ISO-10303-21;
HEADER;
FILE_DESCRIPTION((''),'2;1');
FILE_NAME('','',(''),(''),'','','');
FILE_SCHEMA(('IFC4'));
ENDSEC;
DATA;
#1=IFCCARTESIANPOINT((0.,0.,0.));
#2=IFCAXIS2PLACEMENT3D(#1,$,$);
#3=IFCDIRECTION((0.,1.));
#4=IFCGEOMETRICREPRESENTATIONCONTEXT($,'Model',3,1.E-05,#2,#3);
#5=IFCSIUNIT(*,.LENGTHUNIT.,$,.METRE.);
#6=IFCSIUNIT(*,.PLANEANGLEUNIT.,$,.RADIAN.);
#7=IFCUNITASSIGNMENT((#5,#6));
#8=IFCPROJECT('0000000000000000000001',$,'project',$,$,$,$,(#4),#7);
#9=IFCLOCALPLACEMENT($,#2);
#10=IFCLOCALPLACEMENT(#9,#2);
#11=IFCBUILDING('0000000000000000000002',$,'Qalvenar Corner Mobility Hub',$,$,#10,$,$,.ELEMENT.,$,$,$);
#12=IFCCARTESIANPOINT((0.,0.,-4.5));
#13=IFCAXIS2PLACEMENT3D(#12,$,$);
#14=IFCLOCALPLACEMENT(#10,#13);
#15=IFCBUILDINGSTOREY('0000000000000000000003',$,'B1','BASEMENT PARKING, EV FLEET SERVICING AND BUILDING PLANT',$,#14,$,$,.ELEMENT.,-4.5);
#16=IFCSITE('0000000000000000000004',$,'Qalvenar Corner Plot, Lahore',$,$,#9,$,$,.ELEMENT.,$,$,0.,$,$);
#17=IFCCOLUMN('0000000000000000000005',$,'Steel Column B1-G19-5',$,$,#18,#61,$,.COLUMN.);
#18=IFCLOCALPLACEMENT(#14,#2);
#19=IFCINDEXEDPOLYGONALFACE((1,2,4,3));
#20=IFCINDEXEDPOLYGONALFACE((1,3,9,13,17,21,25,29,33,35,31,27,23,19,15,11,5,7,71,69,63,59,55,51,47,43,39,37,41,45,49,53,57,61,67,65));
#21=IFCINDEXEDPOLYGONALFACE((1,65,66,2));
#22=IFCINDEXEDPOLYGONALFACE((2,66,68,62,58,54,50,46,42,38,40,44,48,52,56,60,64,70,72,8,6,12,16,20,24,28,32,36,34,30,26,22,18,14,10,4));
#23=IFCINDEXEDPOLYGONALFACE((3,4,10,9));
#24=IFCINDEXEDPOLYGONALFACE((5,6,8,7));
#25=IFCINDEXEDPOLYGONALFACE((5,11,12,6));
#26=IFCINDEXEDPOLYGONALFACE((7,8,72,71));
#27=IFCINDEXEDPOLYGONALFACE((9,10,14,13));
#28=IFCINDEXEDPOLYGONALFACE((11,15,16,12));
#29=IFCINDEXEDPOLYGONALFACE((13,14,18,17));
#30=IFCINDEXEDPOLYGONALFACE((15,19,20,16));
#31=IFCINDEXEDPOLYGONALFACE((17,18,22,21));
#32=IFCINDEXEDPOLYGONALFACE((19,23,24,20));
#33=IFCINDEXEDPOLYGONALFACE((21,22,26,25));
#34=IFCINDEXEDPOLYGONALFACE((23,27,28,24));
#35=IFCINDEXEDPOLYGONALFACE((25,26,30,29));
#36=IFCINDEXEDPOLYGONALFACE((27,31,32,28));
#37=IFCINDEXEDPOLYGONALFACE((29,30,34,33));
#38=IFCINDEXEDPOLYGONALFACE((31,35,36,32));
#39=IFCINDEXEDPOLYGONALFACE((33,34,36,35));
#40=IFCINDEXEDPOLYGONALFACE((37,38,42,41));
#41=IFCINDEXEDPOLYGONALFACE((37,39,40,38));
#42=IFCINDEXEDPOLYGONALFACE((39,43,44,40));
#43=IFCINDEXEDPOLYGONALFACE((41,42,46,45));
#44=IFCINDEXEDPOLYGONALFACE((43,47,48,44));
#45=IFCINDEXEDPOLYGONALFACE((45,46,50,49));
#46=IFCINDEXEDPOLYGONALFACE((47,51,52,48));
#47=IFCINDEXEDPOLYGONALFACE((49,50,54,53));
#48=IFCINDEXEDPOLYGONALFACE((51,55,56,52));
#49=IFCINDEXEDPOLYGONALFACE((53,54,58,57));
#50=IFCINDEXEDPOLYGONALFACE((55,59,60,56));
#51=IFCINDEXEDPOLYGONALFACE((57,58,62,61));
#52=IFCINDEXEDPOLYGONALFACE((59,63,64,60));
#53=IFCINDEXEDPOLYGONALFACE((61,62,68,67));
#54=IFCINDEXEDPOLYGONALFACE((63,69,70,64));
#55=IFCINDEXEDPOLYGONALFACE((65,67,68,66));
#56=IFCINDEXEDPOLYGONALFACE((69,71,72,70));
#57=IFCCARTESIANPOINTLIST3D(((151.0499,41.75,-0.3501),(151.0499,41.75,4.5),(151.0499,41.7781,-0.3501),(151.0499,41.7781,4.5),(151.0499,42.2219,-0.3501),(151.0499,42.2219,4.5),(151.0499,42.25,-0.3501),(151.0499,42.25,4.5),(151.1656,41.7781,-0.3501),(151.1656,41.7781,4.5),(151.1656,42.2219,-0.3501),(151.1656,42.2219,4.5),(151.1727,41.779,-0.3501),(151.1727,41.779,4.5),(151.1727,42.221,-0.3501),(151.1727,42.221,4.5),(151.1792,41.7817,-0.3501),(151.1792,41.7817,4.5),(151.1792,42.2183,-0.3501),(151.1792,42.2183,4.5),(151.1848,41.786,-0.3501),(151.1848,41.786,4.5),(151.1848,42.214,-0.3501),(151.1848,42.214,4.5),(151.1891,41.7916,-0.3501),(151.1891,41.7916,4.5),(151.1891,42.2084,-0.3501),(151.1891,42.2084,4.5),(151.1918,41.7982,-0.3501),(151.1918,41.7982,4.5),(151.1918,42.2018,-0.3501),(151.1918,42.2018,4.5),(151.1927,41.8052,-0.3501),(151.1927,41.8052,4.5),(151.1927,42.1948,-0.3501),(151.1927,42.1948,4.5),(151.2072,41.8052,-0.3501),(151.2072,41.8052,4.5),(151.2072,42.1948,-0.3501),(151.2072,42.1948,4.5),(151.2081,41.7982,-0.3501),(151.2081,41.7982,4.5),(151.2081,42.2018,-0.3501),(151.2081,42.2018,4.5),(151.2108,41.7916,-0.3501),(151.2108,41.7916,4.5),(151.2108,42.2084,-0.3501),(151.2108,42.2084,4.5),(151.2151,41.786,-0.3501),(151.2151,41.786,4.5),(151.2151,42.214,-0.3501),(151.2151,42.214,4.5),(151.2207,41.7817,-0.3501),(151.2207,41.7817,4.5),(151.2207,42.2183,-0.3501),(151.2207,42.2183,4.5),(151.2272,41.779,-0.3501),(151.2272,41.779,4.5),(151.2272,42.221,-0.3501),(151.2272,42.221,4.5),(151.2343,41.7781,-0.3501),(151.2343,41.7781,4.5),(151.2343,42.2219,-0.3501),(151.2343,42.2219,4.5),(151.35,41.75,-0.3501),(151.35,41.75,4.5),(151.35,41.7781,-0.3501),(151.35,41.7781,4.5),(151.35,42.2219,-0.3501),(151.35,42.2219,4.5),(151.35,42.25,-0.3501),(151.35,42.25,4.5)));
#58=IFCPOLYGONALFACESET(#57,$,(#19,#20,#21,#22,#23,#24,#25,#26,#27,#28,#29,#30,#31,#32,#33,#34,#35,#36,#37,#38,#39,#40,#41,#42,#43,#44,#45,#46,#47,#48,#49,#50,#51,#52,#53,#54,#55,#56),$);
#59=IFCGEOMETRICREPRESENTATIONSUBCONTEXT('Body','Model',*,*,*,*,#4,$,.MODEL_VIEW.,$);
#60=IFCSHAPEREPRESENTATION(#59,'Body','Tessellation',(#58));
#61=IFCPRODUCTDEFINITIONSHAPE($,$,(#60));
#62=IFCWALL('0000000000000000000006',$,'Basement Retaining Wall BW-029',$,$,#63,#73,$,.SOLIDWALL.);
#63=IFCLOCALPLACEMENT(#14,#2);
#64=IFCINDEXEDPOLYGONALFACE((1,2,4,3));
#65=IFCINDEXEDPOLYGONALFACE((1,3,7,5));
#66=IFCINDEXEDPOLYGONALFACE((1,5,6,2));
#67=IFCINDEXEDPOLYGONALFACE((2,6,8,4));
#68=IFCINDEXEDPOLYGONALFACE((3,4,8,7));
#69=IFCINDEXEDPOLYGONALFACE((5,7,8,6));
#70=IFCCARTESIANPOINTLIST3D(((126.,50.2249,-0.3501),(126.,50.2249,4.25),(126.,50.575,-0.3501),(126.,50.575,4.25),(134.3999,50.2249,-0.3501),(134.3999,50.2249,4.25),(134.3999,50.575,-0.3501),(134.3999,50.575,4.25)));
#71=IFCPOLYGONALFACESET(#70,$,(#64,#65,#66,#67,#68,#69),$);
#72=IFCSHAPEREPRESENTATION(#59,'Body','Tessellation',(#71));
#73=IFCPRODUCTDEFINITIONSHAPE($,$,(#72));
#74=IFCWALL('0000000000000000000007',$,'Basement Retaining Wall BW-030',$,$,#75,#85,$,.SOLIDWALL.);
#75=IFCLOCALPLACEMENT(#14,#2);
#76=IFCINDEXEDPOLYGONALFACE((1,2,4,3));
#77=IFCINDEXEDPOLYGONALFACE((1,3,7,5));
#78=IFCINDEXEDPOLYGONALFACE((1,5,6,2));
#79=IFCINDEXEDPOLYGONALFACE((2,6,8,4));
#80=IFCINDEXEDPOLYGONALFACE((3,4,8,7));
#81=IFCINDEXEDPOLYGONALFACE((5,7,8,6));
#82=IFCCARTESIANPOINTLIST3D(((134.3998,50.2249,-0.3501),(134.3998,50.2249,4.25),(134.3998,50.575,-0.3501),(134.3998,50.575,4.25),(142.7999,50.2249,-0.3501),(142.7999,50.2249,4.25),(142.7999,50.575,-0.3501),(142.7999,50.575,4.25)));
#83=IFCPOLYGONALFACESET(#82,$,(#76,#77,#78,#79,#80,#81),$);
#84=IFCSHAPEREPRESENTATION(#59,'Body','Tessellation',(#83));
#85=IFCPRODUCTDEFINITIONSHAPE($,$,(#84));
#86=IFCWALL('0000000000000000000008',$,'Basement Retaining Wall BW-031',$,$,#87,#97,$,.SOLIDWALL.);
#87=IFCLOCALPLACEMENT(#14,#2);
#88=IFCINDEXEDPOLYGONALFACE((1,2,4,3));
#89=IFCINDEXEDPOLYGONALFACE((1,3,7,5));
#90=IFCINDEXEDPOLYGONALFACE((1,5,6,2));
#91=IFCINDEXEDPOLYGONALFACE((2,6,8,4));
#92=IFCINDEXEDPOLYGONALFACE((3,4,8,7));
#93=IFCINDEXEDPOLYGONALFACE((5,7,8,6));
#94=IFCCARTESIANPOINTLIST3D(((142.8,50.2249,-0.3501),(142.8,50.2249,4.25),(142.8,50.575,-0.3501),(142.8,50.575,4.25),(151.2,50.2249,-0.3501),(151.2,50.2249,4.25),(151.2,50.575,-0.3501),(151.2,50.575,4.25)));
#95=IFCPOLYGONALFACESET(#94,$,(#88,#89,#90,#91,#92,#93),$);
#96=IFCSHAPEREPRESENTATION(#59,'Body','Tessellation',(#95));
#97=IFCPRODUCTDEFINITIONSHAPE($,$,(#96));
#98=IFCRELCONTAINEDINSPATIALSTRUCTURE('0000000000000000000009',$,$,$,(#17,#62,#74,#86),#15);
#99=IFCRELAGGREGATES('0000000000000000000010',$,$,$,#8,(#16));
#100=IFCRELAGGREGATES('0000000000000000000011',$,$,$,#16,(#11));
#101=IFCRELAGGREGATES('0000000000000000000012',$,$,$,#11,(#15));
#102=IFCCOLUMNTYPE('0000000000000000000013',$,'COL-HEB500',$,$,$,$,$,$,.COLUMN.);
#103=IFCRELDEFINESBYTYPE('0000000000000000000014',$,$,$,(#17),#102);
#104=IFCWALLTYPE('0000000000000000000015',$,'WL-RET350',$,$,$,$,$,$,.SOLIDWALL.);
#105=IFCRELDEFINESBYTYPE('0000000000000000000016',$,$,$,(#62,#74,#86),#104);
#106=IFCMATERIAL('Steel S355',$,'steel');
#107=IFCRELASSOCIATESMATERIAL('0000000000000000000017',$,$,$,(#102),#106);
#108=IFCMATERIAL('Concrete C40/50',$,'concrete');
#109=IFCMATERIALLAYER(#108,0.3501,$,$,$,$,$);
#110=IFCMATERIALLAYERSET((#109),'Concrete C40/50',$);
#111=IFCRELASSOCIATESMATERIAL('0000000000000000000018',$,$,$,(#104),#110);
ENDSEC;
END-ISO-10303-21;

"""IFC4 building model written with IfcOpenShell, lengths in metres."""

from ifc_helpers import new_model, si_unit, direction, frame, frame_2d, origin, origin_2d, place, context, subcontext, project, spatial, rectangle, i_section, extrude, material, layer, layer_set, material_profile, profile_set, type_object, element, save


model = new_model("IFC4")

# Units and contexts
model_context = context("Model", 3, precision=1e-05, world=origin(), true_north=direction((0.0, 1.0)))
body_context = subcontext(model_context, "Body", "Model", "MODEL_VIEW")
ifc_project = project(units=[si_unit("LENGTHUNIT", "METRE"), si_unit("PLANEANGLEUNIT", "RADIAN")], contexts=[model_context])

# Site, building, storey
site_placement = place(None, origin())
site = spatial("IfcSite", under=ifc_project, at=site_placement, Name="Qalvenar Corner Plot, Lahore", CompositionType="ELEMENT", RefElevation=0.0)
building_placement = place(site_placement, origin())
building = spatial("IfcBuilding", under=site, at=building_placement, Name="Qalvenar Corner Mobility Hub", CompositionType="ELEMENT")
storey_placement = place(building_placement, frame((0.0, 0.0, -4.5)))
storey = spatial("IfcBuildingStorey", under=building, at=storey_placement, Name="B1", Description="BASEMENT PARKING, EV FLEET SERVICING AND BUILDING PLANT", CompositionType="ELEMENT", Elevation=-4.5)

# Shared definitions
ifc_material_1 = material(Name="Concrete C40/50", Category="concrete")

# Column
ifc_material_2 = material(Name="Steel S355", Category="steel")
ifc_material_profile_1 = material_profile(ifc_material_2, i_section(OverallWidth=0.3, OverallDepth=0.5, WebThickness=0.0144, FlangeThickness=0.0281, FilletRadius=0.0271, at=origin_2d()), Name="HEB500")
ifc_profile_set_1 = profile_set([ifc_material_profile_1], Name="Steel S355")
column_type_1 = type_object("IfcColumnType", Name="COL-HEB500", PredefinedType="COLUMN", material=ifc_profile_set_1)
column_placement = place(storey_placement, frame((151.2, 42.0, -0.3501), z_axis=(0.0, 0.0, 1.0), x_axis=(1.0, 0.0, 0.0)))
element("IfcColumn", 1, at=column_placement, inside=storey, type_object=column_type_1, Name="Steel Column B1-G19-5", PredefinedType="COLUMN", context=body_context, shape_type="SweptSolid", body=[
    extrude(i_section(OverallWidth=0.3, OverallDepth=0.5, WebThickness=0.0144, FlangeThickness=0.0281, FilletRadius=0.0271, at=origin_2d()), origin(), (0.0, 0.0, 1.0), 4.8501),
])

# Walls
ifc_layer = layer(ifc_material_1, 0.3501)
ifc_layer_set = layer_set([ifc_layer], Name="Concrete C40/50")
wall_type = type_object("IfcWallType", Name="WL-RET350", PredefinedType="SOLIDWALL", material=ifc_layer_set)
wall_1_placement = place(storey_placement, frame((134.3999, 50.3999, -0.3501), z_axis=(0.0, 0.0, 1.0), x_axis=(-1.0, 0.0, 0.0)))
element("IfcWall", 2, at=wall_1_placement, inside=storey, type_object=wall_type, Name="Basement Retaining Wall BW-029", PredefinedType="SOLIDWALL", context=body_context, shape_type="SweptSolid", body=[
    extrude(rectangle(XDim=8.3999, YDim=0.3501, at=frame_2d((4.2, 0.0))), origin(), (0.0, 0.0, 1.0), 4.6001),
])
wall_2_placement = place(storey_placement, frame((142.8, 50.3999, -0.3501), z_axis=(0.0, 0.0, 1.0), x_axis=(-1.0, 0.0, 0.0)))
element("IfcWall", 3, at=wall_2_placement, inside=storey, type_object=wall_type, Name="Basement Retaining Wall BW-030", PredefinedType="SOLIDWALL", context=body_context, shape_type="SweptSolid", body=[
    extrude(rectangle(XDim=8.4001, YDim=0.3501, at=frame_2d((4.2002, 0.0))), origin(), (0.0, 0.0, 1.0), 4.6001),
])
wall_3_placement = place(storey_placement, frame((151.2, 50.3999, -0.3501), z_axis=(0.0, 0.0, 1.0), x_axis=(-1.0, 0.0, 0.0)))
element("IfcWall", 4, at=wall_3_placement, inside=storey, type_object=wall_type, Name="Basement Retaining Wall BW-031", PredefinedType="SOLIDWALL", context=body_context, shape_type="SweptSolid", body=[
    extrude(rectangle(XDim=8.3999, YDim=0.3501, at=frame_2d((4.2, 0.0))), origin(), (0.0, 0.0, 1.0), 4.6001),
])

save(model, "model.ifc")
